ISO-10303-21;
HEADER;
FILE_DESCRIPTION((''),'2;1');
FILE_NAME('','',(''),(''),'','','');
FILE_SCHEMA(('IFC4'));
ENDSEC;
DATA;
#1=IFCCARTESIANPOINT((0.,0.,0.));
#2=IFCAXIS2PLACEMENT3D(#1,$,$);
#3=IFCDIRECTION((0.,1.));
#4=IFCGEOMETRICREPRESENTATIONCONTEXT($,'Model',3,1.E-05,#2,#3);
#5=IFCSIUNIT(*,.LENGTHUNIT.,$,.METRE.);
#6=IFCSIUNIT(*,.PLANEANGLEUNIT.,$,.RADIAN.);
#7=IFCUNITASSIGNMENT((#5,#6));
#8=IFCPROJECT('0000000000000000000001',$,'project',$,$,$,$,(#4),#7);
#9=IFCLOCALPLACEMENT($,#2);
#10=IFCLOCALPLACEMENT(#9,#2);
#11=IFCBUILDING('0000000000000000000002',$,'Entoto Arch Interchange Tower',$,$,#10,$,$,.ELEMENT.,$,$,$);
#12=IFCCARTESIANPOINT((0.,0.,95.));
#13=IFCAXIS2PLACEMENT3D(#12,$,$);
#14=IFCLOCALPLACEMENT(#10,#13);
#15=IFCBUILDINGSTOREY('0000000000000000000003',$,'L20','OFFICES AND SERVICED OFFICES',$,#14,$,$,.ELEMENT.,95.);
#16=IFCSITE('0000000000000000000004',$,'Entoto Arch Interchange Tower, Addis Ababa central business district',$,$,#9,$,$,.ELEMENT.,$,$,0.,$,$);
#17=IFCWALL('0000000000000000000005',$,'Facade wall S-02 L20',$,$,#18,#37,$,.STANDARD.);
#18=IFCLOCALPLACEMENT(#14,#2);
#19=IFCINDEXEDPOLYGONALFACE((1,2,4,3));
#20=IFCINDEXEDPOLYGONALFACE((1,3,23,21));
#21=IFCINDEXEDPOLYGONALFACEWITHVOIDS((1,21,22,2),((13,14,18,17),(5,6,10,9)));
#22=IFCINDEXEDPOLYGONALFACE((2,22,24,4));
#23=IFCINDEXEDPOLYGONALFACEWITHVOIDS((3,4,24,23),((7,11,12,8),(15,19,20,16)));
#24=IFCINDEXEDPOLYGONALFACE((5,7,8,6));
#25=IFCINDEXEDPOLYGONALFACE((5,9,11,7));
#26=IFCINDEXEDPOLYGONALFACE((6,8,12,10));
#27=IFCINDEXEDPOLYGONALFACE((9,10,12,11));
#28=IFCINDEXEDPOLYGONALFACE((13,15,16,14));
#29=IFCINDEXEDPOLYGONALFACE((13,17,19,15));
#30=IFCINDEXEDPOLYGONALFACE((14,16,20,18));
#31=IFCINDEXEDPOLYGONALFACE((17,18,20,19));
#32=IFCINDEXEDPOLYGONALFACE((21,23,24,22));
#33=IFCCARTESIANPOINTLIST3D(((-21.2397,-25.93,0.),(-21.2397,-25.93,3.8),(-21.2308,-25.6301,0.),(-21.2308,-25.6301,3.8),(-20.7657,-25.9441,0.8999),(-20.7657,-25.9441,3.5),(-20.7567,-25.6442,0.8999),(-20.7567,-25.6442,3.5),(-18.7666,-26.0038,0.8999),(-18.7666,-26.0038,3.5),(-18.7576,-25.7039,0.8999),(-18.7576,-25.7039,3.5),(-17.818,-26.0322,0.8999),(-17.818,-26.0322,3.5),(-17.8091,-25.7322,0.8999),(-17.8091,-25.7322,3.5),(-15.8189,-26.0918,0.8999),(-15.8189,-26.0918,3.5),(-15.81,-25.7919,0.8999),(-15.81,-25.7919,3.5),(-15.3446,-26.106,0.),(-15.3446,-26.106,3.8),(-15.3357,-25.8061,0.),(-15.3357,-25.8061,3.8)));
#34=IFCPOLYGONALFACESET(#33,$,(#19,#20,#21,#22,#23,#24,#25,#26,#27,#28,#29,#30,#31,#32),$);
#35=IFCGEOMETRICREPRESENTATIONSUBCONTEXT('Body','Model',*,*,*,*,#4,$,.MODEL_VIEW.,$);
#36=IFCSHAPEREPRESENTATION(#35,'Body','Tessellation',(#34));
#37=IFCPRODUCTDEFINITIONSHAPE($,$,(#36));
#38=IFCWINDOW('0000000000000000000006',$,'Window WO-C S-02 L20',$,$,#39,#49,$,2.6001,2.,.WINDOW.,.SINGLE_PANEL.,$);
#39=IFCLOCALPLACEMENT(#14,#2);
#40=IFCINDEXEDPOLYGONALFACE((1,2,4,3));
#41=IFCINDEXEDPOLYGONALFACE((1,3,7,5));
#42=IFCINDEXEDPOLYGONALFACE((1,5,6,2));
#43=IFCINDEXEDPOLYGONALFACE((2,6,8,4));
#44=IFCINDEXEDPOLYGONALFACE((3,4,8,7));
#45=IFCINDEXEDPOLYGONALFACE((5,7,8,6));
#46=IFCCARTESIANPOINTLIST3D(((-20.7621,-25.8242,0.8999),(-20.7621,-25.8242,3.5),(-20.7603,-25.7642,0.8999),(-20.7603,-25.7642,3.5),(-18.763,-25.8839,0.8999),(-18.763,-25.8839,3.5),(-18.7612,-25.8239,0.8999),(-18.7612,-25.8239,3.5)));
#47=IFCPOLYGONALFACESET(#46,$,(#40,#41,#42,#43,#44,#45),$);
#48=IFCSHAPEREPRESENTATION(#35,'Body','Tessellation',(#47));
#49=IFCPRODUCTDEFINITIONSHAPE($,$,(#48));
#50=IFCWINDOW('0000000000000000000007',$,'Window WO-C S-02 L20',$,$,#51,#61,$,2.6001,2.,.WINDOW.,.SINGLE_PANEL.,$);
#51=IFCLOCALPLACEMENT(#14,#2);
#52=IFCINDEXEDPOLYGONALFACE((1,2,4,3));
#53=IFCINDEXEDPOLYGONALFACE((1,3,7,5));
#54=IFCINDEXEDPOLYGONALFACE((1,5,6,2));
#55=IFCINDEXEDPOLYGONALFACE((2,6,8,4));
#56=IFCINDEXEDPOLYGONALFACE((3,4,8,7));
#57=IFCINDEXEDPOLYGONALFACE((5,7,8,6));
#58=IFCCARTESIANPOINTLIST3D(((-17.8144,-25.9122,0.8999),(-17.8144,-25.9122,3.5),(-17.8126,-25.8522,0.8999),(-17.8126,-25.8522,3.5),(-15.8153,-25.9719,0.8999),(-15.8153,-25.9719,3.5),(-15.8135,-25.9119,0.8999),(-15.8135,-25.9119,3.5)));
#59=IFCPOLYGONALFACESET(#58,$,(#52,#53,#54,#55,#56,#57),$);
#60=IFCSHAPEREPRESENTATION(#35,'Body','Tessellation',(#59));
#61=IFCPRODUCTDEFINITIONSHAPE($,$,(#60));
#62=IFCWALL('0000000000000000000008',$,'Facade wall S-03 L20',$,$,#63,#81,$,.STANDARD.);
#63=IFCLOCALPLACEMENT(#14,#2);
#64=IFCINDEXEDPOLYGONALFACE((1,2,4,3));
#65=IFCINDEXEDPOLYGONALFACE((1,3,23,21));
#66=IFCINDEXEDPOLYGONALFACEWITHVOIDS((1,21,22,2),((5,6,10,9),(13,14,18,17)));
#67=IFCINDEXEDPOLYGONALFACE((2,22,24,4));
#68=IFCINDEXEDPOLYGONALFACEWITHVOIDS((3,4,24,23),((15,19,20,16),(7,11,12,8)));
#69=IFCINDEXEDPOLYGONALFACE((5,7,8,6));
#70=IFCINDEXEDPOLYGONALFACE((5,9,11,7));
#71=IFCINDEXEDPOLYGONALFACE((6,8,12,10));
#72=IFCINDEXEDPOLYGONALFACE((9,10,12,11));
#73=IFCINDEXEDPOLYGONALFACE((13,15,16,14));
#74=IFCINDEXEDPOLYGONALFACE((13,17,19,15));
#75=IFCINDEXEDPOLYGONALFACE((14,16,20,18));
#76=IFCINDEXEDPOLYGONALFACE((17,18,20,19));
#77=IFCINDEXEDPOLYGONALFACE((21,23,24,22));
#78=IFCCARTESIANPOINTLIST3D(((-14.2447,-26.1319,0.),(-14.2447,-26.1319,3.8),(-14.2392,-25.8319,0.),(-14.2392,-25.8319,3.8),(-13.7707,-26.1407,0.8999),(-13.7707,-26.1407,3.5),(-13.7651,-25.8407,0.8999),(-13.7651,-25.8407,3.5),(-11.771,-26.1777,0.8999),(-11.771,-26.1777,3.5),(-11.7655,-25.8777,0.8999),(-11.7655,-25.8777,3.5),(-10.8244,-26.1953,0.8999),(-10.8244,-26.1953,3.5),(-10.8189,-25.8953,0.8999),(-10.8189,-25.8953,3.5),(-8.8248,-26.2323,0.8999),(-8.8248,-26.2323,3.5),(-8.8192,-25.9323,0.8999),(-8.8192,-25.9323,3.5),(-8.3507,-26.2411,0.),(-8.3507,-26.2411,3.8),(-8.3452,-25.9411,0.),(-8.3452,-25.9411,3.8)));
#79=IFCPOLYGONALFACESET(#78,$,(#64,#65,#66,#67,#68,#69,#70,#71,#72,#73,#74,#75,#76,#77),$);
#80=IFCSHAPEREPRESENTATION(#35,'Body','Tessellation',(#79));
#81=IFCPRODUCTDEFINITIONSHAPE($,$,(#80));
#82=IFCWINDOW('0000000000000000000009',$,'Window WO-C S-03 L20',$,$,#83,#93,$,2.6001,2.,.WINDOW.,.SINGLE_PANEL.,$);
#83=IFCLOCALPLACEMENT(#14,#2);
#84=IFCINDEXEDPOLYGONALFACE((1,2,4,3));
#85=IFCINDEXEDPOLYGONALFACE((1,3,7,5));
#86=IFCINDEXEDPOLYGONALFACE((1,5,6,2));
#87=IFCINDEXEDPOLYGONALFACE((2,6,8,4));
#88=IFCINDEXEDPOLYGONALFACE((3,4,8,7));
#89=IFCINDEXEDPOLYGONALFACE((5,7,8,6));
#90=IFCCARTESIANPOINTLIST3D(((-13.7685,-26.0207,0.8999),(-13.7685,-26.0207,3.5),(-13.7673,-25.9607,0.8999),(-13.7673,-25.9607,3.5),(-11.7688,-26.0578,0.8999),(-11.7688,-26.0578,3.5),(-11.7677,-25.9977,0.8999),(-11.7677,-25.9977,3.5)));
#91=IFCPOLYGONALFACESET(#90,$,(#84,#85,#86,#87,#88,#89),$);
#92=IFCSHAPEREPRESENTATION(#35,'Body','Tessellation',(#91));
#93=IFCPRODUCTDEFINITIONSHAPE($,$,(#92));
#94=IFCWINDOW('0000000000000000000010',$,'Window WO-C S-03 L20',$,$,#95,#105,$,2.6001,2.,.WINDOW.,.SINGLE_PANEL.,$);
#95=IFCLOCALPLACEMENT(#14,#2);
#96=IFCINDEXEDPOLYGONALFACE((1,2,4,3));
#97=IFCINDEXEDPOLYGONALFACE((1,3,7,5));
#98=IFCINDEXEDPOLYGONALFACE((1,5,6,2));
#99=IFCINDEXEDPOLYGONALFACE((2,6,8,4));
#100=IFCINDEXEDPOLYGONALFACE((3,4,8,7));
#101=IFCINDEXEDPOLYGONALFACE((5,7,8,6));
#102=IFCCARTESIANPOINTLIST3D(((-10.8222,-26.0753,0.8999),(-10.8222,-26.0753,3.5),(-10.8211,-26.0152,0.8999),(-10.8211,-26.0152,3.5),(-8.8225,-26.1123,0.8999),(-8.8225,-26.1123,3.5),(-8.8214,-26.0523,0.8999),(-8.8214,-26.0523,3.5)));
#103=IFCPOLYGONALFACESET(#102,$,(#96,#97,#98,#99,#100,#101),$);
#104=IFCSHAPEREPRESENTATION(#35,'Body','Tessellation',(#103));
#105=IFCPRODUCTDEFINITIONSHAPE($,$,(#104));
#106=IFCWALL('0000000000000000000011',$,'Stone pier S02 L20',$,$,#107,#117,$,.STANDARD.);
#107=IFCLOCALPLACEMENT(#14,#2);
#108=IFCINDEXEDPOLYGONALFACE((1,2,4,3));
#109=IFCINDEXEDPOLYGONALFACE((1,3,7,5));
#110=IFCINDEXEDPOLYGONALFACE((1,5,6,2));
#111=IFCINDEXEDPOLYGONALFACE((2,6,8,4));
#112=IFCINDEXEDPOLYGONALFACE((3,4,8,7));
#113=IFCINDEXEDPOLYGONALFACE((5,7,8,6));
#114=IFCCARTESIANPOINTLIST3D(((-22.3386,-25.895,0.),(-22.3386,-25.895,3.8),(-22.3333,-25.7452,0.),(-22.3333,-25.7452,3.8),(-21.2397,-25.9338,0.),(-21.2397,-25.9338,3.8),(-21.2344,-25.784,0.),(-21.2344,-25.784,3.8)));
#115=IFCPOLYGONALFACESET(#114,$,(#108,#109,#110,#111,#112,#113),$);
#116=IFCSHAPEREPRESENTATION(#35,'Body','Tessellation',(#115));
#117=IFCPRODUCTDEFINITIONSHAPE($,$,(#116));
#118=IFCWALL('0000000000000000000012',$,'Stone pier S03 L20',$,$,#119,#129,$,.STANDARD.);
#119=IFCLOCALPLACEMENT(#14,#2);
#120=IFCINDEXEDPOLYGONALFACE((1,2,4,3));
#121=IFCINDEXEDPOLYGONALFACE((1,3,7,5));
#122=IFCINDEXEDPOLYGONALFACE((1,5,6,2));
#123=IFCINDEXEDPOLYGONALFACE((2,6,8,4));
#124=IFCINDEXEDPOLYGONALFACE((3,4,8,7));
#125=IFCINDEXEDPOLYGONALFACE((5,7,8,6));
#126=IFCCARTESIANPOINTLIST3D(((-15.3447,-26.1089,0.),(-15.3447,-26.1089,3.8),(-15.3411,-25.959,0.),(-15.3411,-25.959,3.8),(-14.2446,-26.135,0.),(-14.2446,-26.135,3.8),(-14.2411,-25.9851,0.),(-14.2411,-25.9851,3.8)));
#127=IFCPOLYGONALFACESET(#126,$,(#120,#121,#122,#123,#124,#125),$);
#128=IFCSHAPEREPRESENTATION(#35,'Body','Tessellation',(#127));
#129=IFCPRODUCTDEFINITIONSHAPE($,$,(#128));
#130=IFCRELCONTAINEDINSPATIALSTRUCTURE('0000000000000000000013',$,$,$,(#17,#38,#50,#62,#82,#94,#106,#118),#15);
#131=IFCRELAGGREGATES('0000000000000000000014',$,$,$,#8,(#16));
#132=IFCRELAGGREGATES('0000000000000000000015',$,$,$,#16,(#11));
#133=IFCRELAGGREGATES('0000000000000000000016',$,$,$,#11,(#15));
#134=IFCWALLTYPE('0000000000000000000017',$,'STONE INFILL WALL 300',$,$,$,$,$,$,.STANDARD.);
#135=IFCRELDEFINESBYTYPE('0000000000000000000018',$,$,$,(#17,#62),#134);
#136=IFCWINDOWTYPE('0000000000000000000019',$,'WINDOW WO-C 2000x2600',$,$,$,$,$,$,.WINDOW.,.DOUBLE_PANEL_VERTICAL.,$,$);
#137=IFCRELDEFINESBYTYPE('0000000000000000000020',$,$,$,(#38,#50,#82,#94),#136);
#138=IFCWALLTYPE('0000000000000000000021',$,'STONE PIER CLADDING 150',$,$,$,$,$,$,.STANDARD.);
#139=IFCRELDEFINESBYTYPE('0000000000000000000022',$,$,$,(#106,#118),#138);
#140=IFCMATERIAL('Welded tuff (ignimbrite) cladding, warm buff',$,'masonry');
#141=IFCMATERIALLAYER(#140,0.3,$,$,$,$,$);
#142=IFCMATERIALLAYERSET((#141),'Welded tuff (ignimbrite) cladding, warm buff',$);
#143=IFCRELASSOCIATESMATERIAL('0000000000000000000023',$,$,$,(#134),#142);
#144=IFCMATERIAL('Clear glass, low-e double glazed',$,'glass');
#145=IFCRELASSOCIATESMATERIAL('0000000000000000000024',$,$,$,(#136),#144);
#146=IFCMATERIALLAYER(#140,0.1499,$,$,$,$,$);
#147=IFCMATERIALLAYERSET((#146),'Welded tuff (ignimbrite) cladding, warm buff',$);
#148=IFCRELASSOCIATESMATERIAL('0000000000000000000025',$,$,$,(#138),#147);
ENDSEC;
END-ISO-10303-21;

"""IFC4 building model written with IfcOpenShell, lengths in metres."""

from ifc_helpers import new_model, si_unit, direction, frame, frame_2d, origin, place, context, subcontext, project, spatial, rectangle, extrude, material, layer, layer_set, type_object, element, fill, save


model = new_model("IFC4")

# Units and contexts
model_context = context("Model", 3, precision=1e-05, world=origin(), true_north=direction((0.0, 1.0)))
body_context = subcontext(model_context, "Body", "Model", "MODEL_VIEW")
ifc_project = project(units=[si_unit("LENGTHUNIT", "METRE"), si_unit("PLANEANGLEUNIT", "RADIAN")], contexts=[model_context])

# Site, building, storey
site_placement = place(None, origin())
site = spatial("IfcSite", under=ifc_project, at=site_placement, Name="Entoto Arch Interchange Tower, Addis Ababa central business district", CompositionType="ELEMENT", RefElevation=0.0)
building_placement = place(site_placement, origin())
building = spatial("IfcBuilding", under=site, at=building_placement, Name="Entoto Arch Interchange Tower", CompositionType="ELEMENT")
storey_placement = place(building_placement, frame((0.0, 0.0, 95.0)))
storey = spatial("IfcBuildingStorey", under=building, at=storey_placement, Name="L20", Description="OFFICES AND SERVICED OFFICES", CompositionType="ELEMENT", Elevation=95.0)

# Walls, openings, windows
ifc_material_1 = material(Name="Welded tuff (ignimbrite) cladding, warm buff", Category="masonry")
ifc_layer_1 = layer(ifc_material_1, 0.3)
ifc_layer_set_1 = layer_set([ifc_layer_1], Name="Welded tuff (ignimbrite) cladding, warm buff")
wall_type_1 = type_object("IfcWallType", Name="STONE INFILL WALL 300", PredefinedType="STANDARD", material=ifc_layer_set_1)
wall_1_placement = place(storey_placement, frame((-21.2351, -25.78, 0.0), z_axis=(0.0, 0.0, 1.0), x_axis=(0.999554, -0.029847, 0.0)))
wall_1 = element("IfcWall", 1, at=wall_1_placement, inside=storey, type_object=wall_type_1, Name="Facade wall S-02 L20", PredefinedType="STANDARD", context=body_context, shape_type="SweptSolid", body=[
    extrude(rectangle(XDim=5.8977, YDim=0.3, at=frame_2d((2.9487, 0.0))), origin(), (0.0, 0.0, 1.0), 3.8),
])
opening_1_placement = place(wall_1_placement, frame((0.4741, 0.0, 0.8999)))
opening_1 = element("IfcOpeningElement", 2, at=opening_1_placement, cuts=wall_1, PredefinedType="OPENING", context=body_context, shape_type="SweptSolid", body=[
    extrude(rectangle(XDim=2.0, YDim=2.6001, at=frame_2d((1.0, 1.3))), frame((0.0, 0.1602, 0.0), z_axis=(0.0, -1.0, 0.0), x_axis=(1.0, 0.0, 0.0)), (0.0, 0.0, 1.0), 0.3201),
])
opening_2_placement = place(wall_1_placement, frame((3.4231, 0.0, 0.8999)))
opening_2 = element("IfcOpeningElement", 3, at=opening_2_placement, cuts=wall_1, PredefinedType="OPENING", context=body_context, shape_type="SweptSolid", body=[
    extrude(rectangle(XDim=2.0, YDim=2.6001, at=frame_2d((1.0, 1.3))), frame((0.0, 0.1602, 0.0), z_axis=(0.0, -1.0, 0.0), x_axis=(1.0, 0.0, 0.0)), (0.0, 0.0, 1.0), 0.3201),
])
ifc_material_2 = material(Name="Clear glass, low-e double glazed", Category="glass")
window_type = type_object("IfcWindowType", Name="WINDOW WO-C 2000x2600", PartitioningType="DOUBLE_PANEL_VERTICAL", PredefinedType="WINDOW", material=ifc_material_2)
window_1_placement = place(opening_1_placement, origin())
window_1 = element("IfcWindow", 4, at=window_1_placement, inside=storey, type_object=window_type, Name="Window WO-C S-02 L20", OverallHeight=2.6001, OverallWidth=2.0, PartitioningType="SINGLE_PANEL", PredefinedType="WINDOW", context=body_context, shape_type="SweptSolid", body=[
    extrude(rectangle(XDim=2.0, YDim=2.6001, at=frame_2d((1.0, 1.3))), frame((0.0, 0.03, 0.0), z_axis=(0.0, -1.0, 0.0), x_axis=(1.0, 0.0, 0.0)), (0.0, 0.0, 1.0), 0.0601),
])
fill(opening_1, window_1)
window_2_placement = place(opening_2_placement, origin())
window_2 = element("IfcWindow", 5, at=window_2_placement, inside=storey, type_object=window_type, Name="Window WO-C S-02 L20", OverallHeight=2.6001, OverallWidth=2.0, PartitioningType="SINGLE_PANEL", PredefinedType="WINDOW", context=body_context, shape_type="SweptSolid", body=[
    extrude(rectangle(XDim=2.0, YDim=2.6001, at=frame_2d((1.0, 1.3))), frame((0.0, 0.03, 0.0), z_axis=(0.0, -1.0, 0.0), x_axis=(1.0, 0.0, 0.0)), (0.0, 0.0, 1.0), 0.0601),
])
fill(opening_2, window_2)
wall_2_placement = place(storey_placement, frame((-14.2419, -25.9819, 0.0), z_axis=(0.0, 0.0, 1.0), x_axis=(0.999829, -0.018512, 0.0)))
wall_2 = element("IfcWall", 6, at=wall_2_placement, inside=storey, type_object=wall_type_1, Name="Facade wall S-03 L20", PredefinedType="STANDARD", context=body_context, shape_type="SweptSolid", body=[
    extrude(rectangle(XDim=5.895, YDim=0.3, at=frame_2d((2.9475, 0.0))), origin(), (0.0, 0.0, 1.0), 3.8),
])
opening_3_placement = place(wall_2_placement, frame((0.4741, 0.0, 0.8999)))
opening_3 = element("IfcOpeningElement", 7, at=opening_3_placement, cuts=wall_2, PredefinedType="OPENING", context=body_context, shape_type="SweptSolid", body=[
    extrude(rectangle(XDim=2.0, YDim=2.6001, at=frame_2d((1.0, 1.3))), frame((0.0, 0.1602, 0.0), z_axis=(0.0, -1.0, 0.0), x_axis=(1.0, 0.0, 0.0)), (0.0, 0.0, 1.0), 0.3201),
])
opening_4_placement = place(wall_2_placement, frame((3.4209, 0.0, 0.8999)))
opening_4 = element("IfcOpeningElement", 8, at=opening_4_placement, cuts=wall_2, PredefinedType="OPENING", context=body_context, shape_type="SweptSolid", body=[
    extrude(rectangle(XDim=2.0, YDim=2.6001, at=frame_2d((1.0, 1.3))), frame((0.0, 0.1602, 0.0), z_axis=(0.0, -1.0, 0.0), x_axis=(1.0, 0.0, 0.0)), (0.0, 0.0, 1.0), 0.3201),
])
window_3_placement = place(opening_3_placement, origin())
window_3 = element("IfcWindow", 9, at=window_3_placement, inside=storey, type_object=window_type, Name="Window WO-C S-03 L20", OverallHeight=2.6001, OverallWidth=2.0, PartitioningType="SINGLE_PANEL", PredefinedType="WINDOW", context=body_context, shape_type="SweptSolid", body=[
    extrude(rectangle(XDim=2.0, YDim=2.6001, at=frame_2d((1.0, 1.3))), frame((0.0, 0.03, 0.0), z_axis=(0.0, -1.0, 0.0), x_axis=(1.0, 0.0, 0.0)), (0.0, 0.0, 1.0), 0.0601),
])
fill(opening_3, window_3)
window_4_placement = place(opening_4_placement, origin())
window_4 = element("IfcWindow", 10, at=window_4_placement, inside=storey, type_object=window_type, Name="Window WO-C S-03 L20", OverallHeight=2.6001, OverallWidth=2.0, PartitioningType="SINGLE_PANEL", PredefinedType="WINDOW", context=body_context, shape_type="SweptSolid", body=[
    extrude(rectangle(XDim=2.0, YDim=2.6001, at=frame_2d((1.0, 1.3))), frame((0.0, 0.03, 0.0), z_axis=(0.0, -1.0, 0.0), x_axis=(1.0, 0.0, 0.0)), (0.0, 0.0, 1.0), 0.0601),
])
fill(opening_4, window_4)

# Walls
ifc_layer_2 = layer(ifc_material_1, 0.1499)
ifc_layer_set_2 = layer_set([ifc_layer_2], Name="Welded tuff (ignimbrite) cladding, warm buff")
wall_type_2 = type_object("IfcWallType", Name="STONE PIER CLADDING 150", PredefinedType="STANDARD", material=ifc_layer_set_2)
wall_3_placement = place(storey_placement, frame((-22.3359, -25.8201, 0.0), z_axis=(0.0, 0.0, 1.0), x_axis=(0.999377, -0.035303, 0.0)))
element("IfcWall", 11, at=wall_3_placement, inside=storey, type_object=wall_type_2, Name="Stone pier S02 L20", PredefinedType="STANDARD", context=body_context, shape_type="SweptSolid", body=[
    extrude(rectangle(XDim=1.0996, YDim=0.1499, at=frame_2d((0.5498, 0.0))), origin(), (0.0, 0.0, 1.0), 3.8),
])
wall_4_placement = place(storey_placement, frame((-15.343, -26.0339, 0.0), z_axis=(0.0, 0.0, 1.0), x_axis=(0.999718, -0.023739, 0.0)))
element("IfcWall", 12, at=wall_4_placement, inside=storey, type_object=wall_type_2, Name="Stone pier S03 L20", PredefinedType="STANDARD", context=body_context, shape_type="SweptSolid", body=[
    extrude(rectangle(XDim=1.1003, YDim=0.1499, at=frame_2d((0.5503, 0.0))), origin(), (0.0, 0.0, 1.0), 3.8),
])

save(model, "model.ifc")
